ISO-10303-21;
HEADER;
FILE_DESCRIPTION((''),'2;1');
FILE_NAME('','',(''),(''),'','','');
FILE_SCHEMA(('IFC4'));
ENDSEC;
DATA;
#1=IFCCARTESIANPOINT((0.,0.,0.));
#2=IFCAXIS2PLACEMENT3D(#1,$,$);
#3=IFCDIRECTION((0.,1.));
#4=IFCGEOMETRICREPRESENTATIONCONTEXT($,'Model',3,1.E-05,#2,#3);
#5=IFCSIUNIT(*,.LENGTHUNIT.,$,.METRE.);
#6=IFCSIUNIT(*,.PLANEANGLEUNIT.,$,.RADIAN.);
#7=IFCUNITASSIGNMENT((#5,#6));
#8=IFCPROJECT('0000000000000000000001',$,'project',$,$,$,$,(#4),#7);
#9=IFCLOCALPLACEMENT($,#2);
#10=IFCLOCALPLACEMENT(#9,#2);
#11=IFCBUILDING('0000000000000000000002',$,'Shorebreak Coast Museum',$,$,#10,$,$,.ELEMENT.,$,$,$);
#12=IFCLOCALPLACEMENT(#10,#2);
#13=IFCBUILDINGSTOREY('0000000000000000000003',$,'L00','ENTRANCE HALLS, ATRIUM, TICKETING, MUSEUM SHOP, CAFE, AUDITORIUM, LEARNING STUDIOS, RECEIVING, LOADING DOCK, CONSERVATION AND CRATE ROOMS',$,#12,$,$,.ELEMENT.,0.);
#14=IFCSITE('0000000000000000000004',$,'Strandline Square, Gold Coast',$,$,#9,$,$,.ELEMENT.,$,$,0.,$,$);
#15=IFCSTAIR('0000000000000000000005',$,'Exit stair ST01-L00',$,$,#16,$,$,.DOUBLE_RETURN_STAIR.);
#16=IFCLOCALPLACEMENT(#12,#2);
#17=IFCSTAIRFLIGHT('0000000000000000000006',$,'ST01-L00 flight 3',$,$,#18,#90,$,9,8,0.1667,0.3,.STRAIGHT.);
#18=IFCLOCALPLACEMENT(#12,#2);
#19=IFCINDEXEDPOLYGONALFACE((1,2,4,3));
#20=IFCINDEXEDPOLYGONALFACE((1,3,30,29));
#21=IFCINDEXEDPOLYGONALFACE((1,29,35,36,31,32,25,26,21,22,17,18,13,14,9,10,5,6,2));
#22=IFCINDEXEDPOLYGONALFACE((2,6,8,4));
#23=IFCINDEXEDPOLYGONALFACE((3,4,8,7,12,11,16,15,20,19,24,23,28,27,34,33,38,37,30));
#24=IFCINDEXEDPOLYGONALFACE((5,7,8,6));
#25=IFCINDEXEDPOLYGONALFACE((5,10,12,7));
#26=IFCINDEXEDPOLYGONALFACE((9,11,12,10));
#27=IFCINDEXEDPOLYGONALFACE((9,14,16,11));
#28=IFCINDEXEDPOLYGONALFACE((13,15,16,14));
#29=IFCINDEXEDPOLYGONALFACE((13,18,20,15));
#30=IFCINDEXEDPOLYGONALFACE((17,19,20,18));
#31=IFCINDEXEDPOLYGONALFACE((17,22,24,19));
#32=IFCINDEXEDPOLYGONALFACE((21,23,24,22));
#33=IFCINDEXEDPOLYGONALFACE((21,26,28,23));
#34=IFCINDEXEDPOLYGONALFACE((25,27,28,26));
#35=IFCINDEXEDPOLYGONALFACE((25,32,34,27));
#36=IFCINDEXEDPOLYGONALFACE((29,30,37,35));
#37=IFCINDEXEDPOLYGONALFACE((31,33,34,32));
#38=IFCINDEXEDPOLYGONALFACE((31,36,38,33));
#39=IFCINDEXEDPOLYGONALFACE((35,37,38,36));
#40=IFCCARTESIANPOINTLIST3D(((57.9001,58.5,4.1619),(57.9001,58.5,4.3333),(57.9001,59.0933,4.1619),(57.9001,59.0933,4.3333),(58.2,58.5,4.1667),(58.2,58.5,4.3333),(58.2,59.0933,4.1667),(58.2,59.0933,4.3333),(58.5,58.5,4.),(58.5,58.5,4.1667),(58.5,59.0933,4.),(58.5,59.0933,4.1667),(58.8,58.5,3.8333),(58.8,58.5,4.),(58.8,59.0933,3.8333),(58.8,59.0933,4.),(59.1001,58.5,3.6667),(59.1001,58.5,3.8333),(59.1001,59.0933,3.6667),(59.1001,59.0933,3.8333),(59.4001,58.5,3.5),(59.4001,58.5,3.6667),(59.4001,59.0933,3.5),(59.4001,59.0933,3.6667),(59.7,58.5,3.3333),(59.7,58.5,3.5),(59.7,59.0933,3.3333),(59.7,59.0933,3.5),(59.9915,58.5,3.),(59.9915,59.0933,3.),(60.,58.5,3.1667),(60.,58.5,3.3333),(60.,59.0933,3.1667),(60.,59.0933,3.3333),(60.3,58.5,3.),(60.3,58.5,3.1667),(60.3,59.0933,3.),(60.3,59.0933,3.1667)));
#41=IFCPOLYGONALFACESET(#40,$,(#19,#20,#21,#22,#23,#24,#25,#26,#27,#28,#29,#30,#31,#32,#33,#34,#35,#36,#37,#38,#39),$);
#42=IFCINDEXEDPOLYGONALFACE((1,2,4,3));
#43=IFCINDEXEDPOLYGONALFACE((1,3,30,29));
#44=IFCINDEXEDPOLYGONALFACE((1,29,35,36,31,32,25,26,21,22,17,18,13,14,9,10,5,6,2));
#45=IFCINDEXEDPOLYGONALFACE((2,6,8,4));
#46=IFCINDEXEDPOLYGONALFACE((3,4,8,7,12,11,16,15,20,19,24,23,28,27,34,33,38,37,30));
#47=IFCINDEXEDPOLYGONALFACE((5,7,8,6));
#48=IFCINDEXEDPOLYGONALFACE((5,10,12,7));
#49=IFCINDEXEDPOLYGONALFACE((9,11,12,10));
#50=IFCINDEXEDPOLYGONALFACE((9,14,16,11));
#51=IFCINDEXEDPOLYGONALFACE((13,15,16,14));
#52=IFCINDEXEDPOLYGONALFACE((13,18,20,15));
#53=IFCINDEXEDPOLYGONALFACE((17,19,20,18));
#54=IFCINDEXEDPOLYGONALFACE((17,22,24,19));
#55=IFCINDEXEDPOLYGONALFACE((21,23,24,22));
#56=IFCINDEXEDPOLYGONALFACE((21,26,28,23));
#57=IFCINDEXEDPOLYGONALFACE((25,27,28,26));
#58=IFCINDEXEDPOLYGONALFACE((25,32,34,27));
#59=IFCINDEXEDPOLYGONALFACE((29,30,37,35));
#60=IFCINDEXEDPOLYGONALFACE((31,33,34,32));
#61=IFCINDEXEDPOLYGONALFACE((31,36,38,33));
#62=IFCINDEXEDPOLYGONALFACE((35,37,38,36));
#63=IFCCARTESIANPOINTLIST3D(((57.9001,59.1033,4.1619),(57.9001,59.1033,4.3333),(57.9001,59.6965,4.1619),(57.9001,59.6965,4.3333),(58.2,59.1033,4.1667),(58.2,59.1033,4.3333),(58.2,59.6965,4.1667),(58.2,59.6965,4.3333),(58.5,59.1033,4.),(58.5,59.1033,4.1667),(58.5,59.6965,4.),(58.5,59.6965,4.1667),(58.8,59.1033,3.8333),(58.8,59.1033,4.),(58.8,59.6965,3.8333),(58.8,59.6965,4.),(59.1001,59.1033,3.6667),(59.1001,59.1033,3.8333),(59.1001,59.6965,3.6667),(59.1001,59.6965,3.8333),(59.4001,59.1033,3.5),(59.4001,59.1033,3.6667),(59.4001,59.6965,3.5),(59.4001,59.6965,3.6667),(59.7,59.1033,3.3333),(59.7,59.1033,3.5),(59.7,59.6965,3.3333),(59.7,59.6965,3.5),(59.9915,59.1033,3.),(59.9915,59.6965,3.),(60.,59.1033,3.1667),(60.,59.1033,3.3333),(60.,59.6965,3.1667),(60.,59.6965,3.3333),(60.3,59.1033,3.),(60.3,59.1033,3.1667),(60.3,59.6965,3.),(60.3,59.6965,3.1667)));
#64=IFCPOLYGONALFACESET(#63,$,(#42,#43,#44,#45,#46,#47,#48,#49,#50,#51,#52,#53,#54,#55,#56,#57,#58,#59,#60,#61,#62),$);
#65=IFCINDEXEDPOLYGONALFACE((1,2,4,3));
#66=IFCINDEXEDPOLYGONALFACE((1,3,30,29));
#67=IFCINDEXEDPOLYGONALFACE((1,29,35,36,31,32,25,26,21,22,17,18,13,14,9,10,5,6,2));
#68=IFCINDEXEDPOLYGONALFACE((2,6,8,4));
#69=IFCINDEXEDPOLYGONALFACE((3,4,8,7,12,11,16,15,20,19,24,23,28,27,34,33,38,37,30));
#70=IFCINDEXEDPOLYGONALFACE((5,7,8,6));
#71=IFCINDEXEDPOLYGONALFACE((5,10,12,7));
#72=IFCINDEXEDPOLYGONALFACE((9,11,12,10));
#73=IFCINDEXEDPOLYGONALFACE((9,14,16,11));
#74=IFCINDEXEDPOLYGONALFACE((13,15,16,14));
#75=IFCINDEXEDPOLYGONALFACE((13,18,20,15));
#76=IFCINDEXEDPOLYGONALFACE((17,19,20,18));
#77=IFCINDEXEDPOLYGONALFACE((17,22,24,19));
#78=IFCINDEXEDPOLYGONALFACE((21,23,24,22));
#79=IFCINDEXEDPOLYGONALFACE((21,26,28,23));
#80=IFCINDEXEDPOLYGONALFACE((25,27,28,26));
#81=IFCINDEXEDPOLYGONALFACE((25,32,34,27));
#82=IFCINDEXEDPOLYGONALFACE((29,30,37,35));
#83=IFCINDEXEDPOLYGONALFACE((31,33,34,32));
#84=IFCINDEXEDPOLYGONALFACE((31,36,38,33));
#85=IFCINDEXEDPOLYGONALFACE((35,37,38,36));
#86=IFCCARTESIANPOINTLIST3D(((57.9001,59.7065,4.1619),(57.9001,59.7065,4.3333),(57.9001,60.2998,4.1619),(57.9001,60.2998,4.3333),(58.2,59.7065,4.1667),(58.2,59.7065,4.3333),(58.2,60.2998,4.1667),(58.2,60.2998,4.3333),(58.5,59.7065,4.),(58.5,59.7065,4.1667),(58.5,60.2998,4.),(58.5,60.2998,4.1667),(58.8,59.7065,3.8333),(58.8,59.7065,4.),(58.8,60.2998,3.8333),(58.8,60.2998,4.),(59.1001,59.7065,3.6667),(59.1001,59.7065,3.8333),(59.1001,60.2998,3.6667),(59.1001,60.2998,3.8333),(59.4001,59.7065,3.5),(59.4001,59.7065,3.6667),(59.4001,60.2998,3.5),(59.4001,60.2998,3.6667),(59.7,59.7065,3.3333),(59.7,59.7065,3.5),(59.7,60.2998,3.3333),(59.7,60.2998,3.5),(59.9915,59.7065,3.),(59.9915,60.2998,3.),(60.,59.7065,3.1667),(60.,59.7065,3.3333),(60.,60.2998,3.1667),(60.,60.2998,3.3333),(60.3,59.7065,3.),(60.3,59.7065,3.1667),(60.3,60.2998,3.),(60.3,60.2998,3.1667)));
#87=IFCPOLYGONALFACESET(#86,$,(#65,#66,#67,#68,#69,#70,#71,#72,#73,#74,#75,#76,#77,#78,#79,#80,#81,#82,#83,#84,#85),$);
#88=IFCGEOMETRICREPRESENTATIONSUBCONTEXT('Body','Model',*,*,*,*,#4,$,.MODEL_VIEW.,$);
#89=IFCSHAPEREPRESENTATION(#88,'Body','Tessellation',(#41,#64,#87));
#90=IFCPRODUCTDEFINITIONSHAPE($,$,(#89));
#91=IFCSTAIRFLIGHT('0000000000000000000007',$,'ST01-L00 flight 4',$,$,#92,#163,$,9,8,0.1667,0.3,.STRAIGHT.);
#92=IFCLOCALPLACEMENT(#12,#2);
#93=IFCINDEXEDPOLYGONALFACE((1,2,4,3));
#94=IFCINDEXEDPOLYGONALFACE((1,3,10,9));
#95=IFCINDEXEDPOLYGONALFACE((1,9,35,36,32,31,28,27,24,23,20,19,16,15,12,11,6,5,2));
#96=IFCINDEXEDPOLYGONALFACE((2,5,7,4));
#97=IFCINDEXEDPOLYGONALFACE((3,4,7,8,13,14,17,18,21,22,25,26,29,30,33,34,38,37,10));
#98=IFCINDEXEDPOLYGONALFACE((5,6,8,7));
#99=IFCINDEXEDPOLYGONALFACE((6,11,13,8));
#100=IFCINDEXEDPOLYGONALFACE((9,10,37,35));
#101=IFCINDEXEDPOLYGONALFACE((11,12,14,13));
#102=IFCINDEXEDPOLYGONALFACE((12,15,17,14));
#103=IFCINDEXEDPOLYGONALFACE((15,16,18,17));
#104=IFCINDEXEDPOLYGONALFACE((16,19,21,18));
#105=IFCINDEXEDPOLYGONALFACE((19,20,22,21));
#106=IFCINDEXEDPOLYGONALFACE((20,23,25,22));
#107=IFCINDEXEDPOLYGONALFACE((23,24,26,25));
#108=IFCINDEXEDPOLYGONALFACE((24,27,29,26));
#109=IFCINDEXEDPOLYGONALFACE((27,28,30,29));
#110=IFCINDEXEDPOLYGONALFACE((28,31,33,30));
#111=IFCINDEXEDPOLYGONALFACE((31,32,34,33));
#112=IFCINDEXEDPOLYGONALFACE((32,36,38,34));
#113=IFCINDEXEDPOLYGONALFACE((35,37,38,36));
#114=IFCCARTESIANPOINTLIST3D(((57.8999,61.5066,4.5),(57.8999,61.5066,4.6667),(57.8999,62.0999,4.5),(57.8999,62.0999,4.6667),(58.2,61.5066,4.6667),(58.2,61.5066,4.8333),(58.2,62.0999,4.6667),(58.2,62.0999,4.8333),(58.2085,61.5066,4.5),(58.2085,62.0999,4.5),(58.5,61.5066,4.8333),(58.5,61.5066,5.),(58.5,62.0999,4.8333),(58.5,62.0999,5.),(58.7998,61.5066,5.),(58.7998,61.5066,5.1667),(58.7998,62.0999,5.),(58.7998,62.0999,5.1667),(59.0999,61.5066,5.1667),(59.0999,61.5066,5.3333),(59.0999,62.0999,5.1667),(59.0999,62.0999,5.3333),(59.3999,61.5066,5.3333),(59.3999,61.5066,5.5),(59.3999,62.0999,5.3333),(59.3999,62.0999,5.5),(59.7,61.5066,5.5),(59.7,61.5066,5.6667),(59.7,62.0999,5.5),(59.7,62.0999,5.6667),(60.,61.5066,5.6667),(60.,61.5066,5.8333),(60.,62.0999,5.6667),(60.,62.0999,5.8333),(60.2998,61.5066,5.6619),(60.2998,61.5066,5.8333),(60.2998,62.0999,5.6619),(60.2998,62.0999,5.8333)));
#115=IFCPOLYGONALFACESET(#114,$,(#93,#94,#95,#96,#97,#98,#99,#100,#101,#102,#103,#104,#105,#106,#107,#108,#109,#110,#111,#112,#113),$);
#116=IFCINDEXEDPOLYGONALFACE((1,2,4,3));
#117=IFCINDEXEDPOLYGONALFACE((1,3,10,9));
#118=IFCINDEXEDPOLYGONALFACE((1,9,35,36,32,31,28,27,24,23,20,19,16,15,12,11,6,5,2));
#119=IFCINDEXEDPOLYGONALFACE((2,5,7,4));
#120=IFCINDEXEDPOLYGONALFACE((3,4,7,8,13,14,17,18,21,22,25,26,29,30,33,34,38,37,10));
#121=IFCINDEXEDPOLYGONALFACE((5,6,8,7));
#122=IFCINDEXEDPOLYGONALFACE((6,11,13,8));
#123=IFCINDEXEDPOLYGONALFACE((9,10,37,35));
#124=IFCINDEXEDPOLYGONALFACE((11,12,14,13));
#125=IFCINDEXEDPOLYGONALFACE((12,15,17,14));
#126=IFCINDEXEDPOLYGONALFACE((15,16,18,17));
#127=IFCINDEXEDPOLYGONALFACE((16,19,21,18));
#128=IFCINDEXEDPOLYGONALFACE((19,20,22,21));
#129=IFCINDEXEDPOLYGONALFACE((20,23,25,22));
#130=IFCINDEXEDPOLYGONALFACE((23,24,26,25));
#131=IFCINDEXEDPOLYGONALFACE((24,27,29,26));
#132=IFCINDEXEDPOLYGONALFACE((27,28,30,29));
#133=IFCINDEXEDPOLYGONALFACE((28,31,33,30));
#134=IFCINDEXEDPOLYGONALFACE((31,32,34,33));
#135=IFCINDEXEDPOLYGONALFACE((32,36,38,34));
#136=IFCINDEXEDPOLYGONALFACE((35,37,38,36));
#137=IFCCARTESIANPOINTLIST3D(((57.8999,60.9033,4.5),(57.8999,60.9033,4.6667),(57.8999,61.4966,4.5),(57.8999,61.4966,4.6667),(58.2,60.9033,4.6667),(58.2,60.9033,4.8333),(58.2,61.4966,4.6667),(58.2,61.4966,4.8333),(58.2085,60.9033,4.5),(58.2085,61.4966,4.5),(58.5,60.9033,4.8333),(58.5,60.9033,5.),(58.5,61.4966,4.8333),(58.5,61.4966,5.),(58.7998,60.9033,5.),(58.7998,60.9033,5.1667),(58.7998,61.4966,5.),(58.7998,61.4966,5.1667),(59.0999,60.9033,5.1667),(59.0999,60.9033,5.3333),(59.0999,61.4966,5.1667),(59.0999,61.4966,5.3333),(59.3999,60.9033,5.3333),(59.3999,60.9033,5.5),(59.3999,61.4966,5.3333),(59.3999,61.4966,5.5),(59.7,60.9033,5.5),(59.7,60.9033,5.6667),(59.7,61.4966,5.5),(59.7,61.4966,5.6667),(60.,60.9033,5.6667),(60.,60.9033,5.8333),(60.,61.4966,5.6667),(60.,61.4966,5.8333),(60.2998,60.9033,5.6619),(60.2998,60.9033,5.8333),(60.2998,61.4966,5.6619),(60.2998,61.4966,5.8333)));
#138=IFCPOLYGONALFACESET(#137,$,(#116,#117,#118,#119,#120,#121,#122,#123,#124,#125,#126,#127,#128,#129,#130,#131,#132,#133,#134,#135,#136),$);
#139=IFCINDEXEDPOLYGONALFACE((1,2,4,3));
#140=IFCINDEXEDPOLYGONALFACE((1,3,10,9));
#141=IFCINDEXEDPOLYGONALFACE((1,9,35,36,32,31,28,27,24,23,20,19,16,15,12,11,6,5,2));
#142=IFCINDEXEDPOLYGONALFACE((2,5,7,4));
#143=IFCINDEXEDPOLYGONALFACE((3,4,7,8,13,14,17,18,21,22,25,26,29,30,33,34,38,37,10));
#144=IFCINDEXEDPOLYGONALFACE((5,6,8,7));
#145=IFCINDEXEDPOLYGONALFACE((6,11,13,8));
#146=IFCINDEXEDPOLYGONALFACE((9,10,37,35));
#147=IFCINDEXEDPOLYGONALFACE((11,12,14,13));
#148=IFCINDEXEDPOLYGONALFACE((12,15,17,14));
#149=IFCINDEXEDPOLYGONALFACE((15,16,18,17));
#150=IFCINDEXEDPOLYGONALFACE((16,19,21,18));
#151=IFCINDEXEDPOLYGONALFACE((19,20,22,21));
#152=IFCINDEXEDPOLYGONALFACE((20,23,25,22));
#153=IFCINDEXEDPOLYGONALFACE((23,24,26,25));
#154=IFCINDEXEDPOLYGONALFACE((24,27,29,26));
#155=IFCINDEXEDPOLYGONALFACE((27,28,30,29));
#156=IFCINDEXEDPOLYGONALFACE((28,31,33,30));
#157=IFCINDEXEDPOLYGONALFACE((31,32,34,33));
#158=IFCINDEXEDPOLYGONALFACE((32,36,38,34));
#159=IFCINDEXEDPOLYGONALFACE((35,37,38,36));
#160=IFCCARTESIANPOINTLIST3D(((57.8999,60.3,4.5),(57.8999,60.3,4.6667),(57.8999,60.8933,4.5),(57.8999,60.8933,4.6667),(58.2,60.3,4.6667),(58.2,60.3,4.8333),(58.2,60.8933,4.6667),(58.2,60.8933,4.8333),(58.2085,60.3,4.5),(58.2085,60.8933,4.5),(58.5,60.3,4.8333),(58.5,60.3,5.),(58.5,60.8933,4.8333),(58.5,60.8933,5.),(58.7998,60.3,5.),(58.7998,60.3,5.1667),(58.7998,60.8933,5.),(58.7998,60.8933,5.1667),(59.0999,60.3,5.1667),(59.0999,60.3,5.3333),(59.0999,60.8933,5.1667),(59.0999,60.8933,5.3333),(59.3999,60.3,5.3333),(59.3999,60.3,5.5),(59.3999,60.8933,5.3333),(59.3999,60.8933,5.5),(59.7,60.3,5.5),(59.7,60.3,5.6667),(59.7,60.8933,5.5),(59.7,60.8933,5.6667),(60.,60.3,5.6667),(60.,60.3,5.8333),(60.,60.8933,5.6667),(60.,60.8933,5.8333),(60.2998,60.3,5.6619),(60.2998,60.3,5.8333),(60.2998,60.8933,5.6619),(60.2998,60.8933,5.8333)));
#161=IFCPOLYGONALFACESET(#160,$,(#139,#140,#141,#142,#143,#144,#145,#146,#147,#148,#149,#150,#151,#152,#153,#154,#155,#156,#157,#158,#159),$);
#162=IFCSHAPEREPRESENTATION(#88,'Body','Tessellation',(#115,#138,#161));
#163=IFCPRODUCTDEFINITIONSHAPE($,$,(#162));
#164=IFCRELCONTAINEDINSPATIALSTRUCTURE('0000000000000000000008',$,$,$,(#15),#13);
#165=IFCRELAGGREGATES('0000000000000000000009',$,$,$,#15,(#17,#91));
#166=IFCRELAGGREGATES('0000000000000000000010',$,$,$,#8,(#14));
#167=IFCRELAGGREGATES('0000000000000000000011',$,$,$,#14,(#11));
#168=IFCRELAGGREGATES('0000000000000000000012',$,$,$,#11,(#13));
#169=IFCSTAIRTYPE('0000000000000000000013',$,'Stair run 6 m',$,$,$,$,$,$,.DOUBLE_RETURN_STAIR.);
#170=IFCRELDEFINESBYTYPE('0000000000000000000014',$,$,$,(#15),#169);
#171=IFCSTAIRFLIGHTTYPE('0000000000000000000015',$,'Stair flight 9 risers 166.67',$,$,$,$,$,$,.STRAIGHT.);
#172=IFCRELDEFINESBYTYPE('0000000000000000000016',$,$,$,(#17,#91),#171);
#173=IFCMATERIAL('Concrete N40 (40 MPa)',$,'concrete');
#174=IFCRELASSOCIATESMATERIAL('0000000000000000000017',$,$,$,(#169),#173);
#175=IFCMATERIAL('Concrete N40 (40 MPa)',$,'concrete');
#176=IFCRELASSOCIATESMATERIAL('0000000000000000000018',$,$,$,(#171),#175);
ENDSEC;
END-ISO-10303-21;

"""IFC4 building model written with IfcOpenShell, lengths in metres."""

from ifc_helpers import new_model, si_unit, direction, frame, origin, place, context, subcontext, project, spatial, polyline, outline, extrude, material, type_object, element, aggregate, save


model = new_model("IFC4")

# Units and contexts
model_context = context("Model", 3, precision=1e-05, world=origin(), true_north=direction((0.0, 1.0)))
body_context = subcontext(model_context, "Body", "Model", "MODEL_VIEW")
ifc_project = project(units=[si_unit("LENGTHUNIT", "METRE"), si_unit("PLANEANGLEUNIT", "RADIAN")], contexts=[model_context])

# Site, building, storey
site_placement = place(None, origin())
site = spatial("IfcSite", under=ifc_project, at=site_placement, Name="Strandline Square, Gold Coast", CompositionType="ELEMENT", RefElevation=0.0)
building_placement = place(site_placement, origin())
building = spatial("IfcBuilding", under=site, at=building_placement, Name="Shorebreak Coast Museum", CompositionType="ELEMENT")
storey_placement = place(building_placement, origin())
storey = spatial("IfcBuildingStorey", under=building, at=storey_placement, Name="L00", Description="ENTRANCE HALLS, ATRIUM, TICKETING, MUSEUM SHOP, CAFE, AUDITORIUM, LEARNING STUDIOS, RECEIVING, LOADING DOCK, CONSERVATION AND CRATE ROOMS", CompositionType="ELEMENT", Elevation=0.0)

# Stair, stair flights
ifc_material_1 = material(Name="Concrete N40 (40 MPa)", Category="concrete")
stair_type = type_object("IfcStairType", Name="Stair run 6 m", PredefinedType="DOUBLE_RETURN_STAIR", material=ifc_material_1)
stair_placement = place(storey_placement, origin())
stair = element("IfcStair", 1, at=stair_placement, inside=storey, type_object=stair_type, Name="Exit stair ST01-L00", PredefinedType="DOUBLE_RETURN_STAIR")
ifc_material_2 = material(Name="Concrete N40 (40 MPa)", Category="concrete")
stair_flight_type = type_object("IfcStairFlightType", Name="Stair flight 9 risers 166.67", PredefinedType="STRAIGHT", material=ifc_material_2)
stair_flight_1_placement = place(storey_placement, frame((60.3, 59.3999, 3.0), z_axis=(0.0, 0.0, 1.0), x_axis=(-1.0, 0.0, 0.0)))
stair_flight_1 = element("IfcStairFlight", 2, at=stair_flight_1_placement, type_object=stair_flight_type, Name="ST01-L00 flight 3", NumberOfRisers=9, NumberOfTreads=8, PredefinedType="STRAIGHT", RiserHeight=0.1667, TreadLength=0.3, context=body_context, shape_type="SweptSolid", body=[
    extrude(outline(polyline([(0.0, 0.0), (0.0, 0.1667), (0.3, 0.1667), (0.3, 0.3333), (0.6001, 0.3333), (0.6001, 0.5), (0.8999, 0.5), (0.8999, 0.6667), (1.2, 0.6667), (1.2, 0.8333), (1.5, 0.8333), (1.5, 1.0), (1.8, 1.0), (1.8, 1.1667), (2.1001, 1.1667), (2.1001, 1.3333), (2.3999, 1.3333), (2.3999, 1.5), (2.3999, 1.1619), (0.3086, 0.0), (0.0, 0.0)])), frame((0.0, 0.8999, 0.0), z_axis=(0.0, -1.0, 0.0), x_axis=(1.0, 0.0, 0.0)), (0.0, 0.0, 1.0), 0.5933),
    extrude(outline(polyline([(0.0, 0.0), (0.0, 0.1667), (0.3, 0.1667), (0.3, 0.3333), (0.6001, 0.3333), (0.6001, 0.5), (0.8999, 0.5), (0.8999, 0.6667), (1.2, 0.6667), (1.2, 0.8333), (1.5, 0.8333), (1.5, 1.0), (1.8, 1.0), (1.8, 1.1667), (2.1001, 1.1667), (2.1001, 1.3333), (2.3999, 1.3333), (2.3999, 1.5), (2.3999, 1.1619), (0.3086, 0.0), (0.0, 0.0)])), frame((0.0, 0.2966, 0.0), z_axis=(0.0, -1.0, 0.0), x_axis=(1.0, 0.0, 0.0)), (0.0, 0.0, 1.0), 0.5933),
    extrude(outline(polyline([(0.0, 0.0), (0.0, 0.1667), (0.3, 0.1667), (0.3, 0.3333), (0.6001, 0.3333), (0.6001, 0.5), (0.8999, 0.5), (0.8999, 0.6667), (1.2, 0.6667), (1.2, 0.8333), (1.5, 0.8333), (1.5, 1.0), (1.8, 1.0), (1.8, 1.1667), (2.1001, 1.1667), (2.1001, 1.3333), (2.3999, 1.3333), (2.3999, 1.5), (2.3999, 1.1619), (0.3086, 0.0), (0.0, 0.0)])), frame((0.0, -0.3066, 0.0), z_axis=(0.0, -1.0, 0.0), x_axis=(1.0, 0.0, 0.0)), (0.0, 0.0, 1.0), 0.5933),
])
stair_flight_2_placement = place(storey_placement, frame((57.8999, 61.2, 4.5), z_axis=(0.0, 0.0, 1.0), x_axis=(1.0, 0.0, 0.0)))
stair_flight_2 = element("IfcStairFlight", 3, at=stair_flight_2_placement, type_object=stair_flight_type, Name="ST01-L00 flight 4", NumberOfRisers=9, NumberOfTreads=8, PredefinedType="STRAIGHT", RiserHeight=0.1667, TreadLength=0.3, context=body_context, shape_type="SweptSolid", body=[
    extrude(outline(polyline([(0.0, 0.0), (0.0, 0.1667), (0.3, 0.1667), (0.3, 0.3333), (0.6001, 0.3333), (0.6001, 0.5), (0.8999, 0.5), (0.8999, 0.6667), (1.2, 0.6667), (1.2, 0.8333), (1.5, 0.8333), (1.5, 1.0), (1.8, 1.0), (1.8, 1.1667), (2.1001, 1.1667), (2.1001, 1.3333), (2.3999, 1.3333), (2.3999, 1.5), (2.3999, 1.1619), (0.3086, 0.0), (0.0, 0.0)])), frame((0.0, 0.8999, 0.0), z_axis=(0.0, -1.0, 0.0), x_axis=(1.0, 0.0, 0.0)), (0.0, 0.0, 1.0), 0.5933),
    extrude(outline(polyline([(0.0, 0.0), (0.0, 0.1667), (0.3, 0.1667), (0.3, 0.3333), (0.6001, 0.3333), (0.6001, 0.5), (0.8999, 0.5), (0.8999, 0.6667), (1.2, 0.6667), (1.2, 0.8333), (1.5, 0.8333), (1.5, 1.0), (1.8, 1.0), (1.8, 1.1667), (2.1001, 1.1667), (2.1001, 1.3333), (2.3999, 1.3333), (2.3999, 1.5), (2.3999, 1.1619), (0.3086, 0.0), (0.0, 0.0)])), frame((0.0, 0.2966, 0.0), z_axis=(0.0, -1.0, 0.0), x_axis=(1.0, 0.0, 0.0)), (0.0, 0.0, 1.0), 0.5933),
    extrude(outline(polyline([(0.0, 0.0), (0.0, 0.1667), (0.3, 0.1667), (0.3, 0.3333), (0.6001, 0.3333), (0.6001, 0.5), (0.8999, 0.5), (0.8999, 0.6667), (1.2, 0.6667), (1.2, 0.8333), (1.5, 0.8333), (1.5, 1.0), (1.8, 1.0), (1.8, 1.1667), (2.1001, 1.1667), (2.1001, 1.3333), (2.3999, 1.3333), (2.3999, 1.5), (2.3999, 1.1619), (0.3086, 0.0), (0.0, 0.0)])), frame((0.0, -0.3066, 0.0), z_axis=(0.0, -1.0, 0.0), x_axis=(1.0, 0.0, 0.0)), (0.0, 0.0, 1.0), 0.5933),
])
aggregate(stair, [stair_flight_1, stair_flight_2])

save(model, "model.ifc")
